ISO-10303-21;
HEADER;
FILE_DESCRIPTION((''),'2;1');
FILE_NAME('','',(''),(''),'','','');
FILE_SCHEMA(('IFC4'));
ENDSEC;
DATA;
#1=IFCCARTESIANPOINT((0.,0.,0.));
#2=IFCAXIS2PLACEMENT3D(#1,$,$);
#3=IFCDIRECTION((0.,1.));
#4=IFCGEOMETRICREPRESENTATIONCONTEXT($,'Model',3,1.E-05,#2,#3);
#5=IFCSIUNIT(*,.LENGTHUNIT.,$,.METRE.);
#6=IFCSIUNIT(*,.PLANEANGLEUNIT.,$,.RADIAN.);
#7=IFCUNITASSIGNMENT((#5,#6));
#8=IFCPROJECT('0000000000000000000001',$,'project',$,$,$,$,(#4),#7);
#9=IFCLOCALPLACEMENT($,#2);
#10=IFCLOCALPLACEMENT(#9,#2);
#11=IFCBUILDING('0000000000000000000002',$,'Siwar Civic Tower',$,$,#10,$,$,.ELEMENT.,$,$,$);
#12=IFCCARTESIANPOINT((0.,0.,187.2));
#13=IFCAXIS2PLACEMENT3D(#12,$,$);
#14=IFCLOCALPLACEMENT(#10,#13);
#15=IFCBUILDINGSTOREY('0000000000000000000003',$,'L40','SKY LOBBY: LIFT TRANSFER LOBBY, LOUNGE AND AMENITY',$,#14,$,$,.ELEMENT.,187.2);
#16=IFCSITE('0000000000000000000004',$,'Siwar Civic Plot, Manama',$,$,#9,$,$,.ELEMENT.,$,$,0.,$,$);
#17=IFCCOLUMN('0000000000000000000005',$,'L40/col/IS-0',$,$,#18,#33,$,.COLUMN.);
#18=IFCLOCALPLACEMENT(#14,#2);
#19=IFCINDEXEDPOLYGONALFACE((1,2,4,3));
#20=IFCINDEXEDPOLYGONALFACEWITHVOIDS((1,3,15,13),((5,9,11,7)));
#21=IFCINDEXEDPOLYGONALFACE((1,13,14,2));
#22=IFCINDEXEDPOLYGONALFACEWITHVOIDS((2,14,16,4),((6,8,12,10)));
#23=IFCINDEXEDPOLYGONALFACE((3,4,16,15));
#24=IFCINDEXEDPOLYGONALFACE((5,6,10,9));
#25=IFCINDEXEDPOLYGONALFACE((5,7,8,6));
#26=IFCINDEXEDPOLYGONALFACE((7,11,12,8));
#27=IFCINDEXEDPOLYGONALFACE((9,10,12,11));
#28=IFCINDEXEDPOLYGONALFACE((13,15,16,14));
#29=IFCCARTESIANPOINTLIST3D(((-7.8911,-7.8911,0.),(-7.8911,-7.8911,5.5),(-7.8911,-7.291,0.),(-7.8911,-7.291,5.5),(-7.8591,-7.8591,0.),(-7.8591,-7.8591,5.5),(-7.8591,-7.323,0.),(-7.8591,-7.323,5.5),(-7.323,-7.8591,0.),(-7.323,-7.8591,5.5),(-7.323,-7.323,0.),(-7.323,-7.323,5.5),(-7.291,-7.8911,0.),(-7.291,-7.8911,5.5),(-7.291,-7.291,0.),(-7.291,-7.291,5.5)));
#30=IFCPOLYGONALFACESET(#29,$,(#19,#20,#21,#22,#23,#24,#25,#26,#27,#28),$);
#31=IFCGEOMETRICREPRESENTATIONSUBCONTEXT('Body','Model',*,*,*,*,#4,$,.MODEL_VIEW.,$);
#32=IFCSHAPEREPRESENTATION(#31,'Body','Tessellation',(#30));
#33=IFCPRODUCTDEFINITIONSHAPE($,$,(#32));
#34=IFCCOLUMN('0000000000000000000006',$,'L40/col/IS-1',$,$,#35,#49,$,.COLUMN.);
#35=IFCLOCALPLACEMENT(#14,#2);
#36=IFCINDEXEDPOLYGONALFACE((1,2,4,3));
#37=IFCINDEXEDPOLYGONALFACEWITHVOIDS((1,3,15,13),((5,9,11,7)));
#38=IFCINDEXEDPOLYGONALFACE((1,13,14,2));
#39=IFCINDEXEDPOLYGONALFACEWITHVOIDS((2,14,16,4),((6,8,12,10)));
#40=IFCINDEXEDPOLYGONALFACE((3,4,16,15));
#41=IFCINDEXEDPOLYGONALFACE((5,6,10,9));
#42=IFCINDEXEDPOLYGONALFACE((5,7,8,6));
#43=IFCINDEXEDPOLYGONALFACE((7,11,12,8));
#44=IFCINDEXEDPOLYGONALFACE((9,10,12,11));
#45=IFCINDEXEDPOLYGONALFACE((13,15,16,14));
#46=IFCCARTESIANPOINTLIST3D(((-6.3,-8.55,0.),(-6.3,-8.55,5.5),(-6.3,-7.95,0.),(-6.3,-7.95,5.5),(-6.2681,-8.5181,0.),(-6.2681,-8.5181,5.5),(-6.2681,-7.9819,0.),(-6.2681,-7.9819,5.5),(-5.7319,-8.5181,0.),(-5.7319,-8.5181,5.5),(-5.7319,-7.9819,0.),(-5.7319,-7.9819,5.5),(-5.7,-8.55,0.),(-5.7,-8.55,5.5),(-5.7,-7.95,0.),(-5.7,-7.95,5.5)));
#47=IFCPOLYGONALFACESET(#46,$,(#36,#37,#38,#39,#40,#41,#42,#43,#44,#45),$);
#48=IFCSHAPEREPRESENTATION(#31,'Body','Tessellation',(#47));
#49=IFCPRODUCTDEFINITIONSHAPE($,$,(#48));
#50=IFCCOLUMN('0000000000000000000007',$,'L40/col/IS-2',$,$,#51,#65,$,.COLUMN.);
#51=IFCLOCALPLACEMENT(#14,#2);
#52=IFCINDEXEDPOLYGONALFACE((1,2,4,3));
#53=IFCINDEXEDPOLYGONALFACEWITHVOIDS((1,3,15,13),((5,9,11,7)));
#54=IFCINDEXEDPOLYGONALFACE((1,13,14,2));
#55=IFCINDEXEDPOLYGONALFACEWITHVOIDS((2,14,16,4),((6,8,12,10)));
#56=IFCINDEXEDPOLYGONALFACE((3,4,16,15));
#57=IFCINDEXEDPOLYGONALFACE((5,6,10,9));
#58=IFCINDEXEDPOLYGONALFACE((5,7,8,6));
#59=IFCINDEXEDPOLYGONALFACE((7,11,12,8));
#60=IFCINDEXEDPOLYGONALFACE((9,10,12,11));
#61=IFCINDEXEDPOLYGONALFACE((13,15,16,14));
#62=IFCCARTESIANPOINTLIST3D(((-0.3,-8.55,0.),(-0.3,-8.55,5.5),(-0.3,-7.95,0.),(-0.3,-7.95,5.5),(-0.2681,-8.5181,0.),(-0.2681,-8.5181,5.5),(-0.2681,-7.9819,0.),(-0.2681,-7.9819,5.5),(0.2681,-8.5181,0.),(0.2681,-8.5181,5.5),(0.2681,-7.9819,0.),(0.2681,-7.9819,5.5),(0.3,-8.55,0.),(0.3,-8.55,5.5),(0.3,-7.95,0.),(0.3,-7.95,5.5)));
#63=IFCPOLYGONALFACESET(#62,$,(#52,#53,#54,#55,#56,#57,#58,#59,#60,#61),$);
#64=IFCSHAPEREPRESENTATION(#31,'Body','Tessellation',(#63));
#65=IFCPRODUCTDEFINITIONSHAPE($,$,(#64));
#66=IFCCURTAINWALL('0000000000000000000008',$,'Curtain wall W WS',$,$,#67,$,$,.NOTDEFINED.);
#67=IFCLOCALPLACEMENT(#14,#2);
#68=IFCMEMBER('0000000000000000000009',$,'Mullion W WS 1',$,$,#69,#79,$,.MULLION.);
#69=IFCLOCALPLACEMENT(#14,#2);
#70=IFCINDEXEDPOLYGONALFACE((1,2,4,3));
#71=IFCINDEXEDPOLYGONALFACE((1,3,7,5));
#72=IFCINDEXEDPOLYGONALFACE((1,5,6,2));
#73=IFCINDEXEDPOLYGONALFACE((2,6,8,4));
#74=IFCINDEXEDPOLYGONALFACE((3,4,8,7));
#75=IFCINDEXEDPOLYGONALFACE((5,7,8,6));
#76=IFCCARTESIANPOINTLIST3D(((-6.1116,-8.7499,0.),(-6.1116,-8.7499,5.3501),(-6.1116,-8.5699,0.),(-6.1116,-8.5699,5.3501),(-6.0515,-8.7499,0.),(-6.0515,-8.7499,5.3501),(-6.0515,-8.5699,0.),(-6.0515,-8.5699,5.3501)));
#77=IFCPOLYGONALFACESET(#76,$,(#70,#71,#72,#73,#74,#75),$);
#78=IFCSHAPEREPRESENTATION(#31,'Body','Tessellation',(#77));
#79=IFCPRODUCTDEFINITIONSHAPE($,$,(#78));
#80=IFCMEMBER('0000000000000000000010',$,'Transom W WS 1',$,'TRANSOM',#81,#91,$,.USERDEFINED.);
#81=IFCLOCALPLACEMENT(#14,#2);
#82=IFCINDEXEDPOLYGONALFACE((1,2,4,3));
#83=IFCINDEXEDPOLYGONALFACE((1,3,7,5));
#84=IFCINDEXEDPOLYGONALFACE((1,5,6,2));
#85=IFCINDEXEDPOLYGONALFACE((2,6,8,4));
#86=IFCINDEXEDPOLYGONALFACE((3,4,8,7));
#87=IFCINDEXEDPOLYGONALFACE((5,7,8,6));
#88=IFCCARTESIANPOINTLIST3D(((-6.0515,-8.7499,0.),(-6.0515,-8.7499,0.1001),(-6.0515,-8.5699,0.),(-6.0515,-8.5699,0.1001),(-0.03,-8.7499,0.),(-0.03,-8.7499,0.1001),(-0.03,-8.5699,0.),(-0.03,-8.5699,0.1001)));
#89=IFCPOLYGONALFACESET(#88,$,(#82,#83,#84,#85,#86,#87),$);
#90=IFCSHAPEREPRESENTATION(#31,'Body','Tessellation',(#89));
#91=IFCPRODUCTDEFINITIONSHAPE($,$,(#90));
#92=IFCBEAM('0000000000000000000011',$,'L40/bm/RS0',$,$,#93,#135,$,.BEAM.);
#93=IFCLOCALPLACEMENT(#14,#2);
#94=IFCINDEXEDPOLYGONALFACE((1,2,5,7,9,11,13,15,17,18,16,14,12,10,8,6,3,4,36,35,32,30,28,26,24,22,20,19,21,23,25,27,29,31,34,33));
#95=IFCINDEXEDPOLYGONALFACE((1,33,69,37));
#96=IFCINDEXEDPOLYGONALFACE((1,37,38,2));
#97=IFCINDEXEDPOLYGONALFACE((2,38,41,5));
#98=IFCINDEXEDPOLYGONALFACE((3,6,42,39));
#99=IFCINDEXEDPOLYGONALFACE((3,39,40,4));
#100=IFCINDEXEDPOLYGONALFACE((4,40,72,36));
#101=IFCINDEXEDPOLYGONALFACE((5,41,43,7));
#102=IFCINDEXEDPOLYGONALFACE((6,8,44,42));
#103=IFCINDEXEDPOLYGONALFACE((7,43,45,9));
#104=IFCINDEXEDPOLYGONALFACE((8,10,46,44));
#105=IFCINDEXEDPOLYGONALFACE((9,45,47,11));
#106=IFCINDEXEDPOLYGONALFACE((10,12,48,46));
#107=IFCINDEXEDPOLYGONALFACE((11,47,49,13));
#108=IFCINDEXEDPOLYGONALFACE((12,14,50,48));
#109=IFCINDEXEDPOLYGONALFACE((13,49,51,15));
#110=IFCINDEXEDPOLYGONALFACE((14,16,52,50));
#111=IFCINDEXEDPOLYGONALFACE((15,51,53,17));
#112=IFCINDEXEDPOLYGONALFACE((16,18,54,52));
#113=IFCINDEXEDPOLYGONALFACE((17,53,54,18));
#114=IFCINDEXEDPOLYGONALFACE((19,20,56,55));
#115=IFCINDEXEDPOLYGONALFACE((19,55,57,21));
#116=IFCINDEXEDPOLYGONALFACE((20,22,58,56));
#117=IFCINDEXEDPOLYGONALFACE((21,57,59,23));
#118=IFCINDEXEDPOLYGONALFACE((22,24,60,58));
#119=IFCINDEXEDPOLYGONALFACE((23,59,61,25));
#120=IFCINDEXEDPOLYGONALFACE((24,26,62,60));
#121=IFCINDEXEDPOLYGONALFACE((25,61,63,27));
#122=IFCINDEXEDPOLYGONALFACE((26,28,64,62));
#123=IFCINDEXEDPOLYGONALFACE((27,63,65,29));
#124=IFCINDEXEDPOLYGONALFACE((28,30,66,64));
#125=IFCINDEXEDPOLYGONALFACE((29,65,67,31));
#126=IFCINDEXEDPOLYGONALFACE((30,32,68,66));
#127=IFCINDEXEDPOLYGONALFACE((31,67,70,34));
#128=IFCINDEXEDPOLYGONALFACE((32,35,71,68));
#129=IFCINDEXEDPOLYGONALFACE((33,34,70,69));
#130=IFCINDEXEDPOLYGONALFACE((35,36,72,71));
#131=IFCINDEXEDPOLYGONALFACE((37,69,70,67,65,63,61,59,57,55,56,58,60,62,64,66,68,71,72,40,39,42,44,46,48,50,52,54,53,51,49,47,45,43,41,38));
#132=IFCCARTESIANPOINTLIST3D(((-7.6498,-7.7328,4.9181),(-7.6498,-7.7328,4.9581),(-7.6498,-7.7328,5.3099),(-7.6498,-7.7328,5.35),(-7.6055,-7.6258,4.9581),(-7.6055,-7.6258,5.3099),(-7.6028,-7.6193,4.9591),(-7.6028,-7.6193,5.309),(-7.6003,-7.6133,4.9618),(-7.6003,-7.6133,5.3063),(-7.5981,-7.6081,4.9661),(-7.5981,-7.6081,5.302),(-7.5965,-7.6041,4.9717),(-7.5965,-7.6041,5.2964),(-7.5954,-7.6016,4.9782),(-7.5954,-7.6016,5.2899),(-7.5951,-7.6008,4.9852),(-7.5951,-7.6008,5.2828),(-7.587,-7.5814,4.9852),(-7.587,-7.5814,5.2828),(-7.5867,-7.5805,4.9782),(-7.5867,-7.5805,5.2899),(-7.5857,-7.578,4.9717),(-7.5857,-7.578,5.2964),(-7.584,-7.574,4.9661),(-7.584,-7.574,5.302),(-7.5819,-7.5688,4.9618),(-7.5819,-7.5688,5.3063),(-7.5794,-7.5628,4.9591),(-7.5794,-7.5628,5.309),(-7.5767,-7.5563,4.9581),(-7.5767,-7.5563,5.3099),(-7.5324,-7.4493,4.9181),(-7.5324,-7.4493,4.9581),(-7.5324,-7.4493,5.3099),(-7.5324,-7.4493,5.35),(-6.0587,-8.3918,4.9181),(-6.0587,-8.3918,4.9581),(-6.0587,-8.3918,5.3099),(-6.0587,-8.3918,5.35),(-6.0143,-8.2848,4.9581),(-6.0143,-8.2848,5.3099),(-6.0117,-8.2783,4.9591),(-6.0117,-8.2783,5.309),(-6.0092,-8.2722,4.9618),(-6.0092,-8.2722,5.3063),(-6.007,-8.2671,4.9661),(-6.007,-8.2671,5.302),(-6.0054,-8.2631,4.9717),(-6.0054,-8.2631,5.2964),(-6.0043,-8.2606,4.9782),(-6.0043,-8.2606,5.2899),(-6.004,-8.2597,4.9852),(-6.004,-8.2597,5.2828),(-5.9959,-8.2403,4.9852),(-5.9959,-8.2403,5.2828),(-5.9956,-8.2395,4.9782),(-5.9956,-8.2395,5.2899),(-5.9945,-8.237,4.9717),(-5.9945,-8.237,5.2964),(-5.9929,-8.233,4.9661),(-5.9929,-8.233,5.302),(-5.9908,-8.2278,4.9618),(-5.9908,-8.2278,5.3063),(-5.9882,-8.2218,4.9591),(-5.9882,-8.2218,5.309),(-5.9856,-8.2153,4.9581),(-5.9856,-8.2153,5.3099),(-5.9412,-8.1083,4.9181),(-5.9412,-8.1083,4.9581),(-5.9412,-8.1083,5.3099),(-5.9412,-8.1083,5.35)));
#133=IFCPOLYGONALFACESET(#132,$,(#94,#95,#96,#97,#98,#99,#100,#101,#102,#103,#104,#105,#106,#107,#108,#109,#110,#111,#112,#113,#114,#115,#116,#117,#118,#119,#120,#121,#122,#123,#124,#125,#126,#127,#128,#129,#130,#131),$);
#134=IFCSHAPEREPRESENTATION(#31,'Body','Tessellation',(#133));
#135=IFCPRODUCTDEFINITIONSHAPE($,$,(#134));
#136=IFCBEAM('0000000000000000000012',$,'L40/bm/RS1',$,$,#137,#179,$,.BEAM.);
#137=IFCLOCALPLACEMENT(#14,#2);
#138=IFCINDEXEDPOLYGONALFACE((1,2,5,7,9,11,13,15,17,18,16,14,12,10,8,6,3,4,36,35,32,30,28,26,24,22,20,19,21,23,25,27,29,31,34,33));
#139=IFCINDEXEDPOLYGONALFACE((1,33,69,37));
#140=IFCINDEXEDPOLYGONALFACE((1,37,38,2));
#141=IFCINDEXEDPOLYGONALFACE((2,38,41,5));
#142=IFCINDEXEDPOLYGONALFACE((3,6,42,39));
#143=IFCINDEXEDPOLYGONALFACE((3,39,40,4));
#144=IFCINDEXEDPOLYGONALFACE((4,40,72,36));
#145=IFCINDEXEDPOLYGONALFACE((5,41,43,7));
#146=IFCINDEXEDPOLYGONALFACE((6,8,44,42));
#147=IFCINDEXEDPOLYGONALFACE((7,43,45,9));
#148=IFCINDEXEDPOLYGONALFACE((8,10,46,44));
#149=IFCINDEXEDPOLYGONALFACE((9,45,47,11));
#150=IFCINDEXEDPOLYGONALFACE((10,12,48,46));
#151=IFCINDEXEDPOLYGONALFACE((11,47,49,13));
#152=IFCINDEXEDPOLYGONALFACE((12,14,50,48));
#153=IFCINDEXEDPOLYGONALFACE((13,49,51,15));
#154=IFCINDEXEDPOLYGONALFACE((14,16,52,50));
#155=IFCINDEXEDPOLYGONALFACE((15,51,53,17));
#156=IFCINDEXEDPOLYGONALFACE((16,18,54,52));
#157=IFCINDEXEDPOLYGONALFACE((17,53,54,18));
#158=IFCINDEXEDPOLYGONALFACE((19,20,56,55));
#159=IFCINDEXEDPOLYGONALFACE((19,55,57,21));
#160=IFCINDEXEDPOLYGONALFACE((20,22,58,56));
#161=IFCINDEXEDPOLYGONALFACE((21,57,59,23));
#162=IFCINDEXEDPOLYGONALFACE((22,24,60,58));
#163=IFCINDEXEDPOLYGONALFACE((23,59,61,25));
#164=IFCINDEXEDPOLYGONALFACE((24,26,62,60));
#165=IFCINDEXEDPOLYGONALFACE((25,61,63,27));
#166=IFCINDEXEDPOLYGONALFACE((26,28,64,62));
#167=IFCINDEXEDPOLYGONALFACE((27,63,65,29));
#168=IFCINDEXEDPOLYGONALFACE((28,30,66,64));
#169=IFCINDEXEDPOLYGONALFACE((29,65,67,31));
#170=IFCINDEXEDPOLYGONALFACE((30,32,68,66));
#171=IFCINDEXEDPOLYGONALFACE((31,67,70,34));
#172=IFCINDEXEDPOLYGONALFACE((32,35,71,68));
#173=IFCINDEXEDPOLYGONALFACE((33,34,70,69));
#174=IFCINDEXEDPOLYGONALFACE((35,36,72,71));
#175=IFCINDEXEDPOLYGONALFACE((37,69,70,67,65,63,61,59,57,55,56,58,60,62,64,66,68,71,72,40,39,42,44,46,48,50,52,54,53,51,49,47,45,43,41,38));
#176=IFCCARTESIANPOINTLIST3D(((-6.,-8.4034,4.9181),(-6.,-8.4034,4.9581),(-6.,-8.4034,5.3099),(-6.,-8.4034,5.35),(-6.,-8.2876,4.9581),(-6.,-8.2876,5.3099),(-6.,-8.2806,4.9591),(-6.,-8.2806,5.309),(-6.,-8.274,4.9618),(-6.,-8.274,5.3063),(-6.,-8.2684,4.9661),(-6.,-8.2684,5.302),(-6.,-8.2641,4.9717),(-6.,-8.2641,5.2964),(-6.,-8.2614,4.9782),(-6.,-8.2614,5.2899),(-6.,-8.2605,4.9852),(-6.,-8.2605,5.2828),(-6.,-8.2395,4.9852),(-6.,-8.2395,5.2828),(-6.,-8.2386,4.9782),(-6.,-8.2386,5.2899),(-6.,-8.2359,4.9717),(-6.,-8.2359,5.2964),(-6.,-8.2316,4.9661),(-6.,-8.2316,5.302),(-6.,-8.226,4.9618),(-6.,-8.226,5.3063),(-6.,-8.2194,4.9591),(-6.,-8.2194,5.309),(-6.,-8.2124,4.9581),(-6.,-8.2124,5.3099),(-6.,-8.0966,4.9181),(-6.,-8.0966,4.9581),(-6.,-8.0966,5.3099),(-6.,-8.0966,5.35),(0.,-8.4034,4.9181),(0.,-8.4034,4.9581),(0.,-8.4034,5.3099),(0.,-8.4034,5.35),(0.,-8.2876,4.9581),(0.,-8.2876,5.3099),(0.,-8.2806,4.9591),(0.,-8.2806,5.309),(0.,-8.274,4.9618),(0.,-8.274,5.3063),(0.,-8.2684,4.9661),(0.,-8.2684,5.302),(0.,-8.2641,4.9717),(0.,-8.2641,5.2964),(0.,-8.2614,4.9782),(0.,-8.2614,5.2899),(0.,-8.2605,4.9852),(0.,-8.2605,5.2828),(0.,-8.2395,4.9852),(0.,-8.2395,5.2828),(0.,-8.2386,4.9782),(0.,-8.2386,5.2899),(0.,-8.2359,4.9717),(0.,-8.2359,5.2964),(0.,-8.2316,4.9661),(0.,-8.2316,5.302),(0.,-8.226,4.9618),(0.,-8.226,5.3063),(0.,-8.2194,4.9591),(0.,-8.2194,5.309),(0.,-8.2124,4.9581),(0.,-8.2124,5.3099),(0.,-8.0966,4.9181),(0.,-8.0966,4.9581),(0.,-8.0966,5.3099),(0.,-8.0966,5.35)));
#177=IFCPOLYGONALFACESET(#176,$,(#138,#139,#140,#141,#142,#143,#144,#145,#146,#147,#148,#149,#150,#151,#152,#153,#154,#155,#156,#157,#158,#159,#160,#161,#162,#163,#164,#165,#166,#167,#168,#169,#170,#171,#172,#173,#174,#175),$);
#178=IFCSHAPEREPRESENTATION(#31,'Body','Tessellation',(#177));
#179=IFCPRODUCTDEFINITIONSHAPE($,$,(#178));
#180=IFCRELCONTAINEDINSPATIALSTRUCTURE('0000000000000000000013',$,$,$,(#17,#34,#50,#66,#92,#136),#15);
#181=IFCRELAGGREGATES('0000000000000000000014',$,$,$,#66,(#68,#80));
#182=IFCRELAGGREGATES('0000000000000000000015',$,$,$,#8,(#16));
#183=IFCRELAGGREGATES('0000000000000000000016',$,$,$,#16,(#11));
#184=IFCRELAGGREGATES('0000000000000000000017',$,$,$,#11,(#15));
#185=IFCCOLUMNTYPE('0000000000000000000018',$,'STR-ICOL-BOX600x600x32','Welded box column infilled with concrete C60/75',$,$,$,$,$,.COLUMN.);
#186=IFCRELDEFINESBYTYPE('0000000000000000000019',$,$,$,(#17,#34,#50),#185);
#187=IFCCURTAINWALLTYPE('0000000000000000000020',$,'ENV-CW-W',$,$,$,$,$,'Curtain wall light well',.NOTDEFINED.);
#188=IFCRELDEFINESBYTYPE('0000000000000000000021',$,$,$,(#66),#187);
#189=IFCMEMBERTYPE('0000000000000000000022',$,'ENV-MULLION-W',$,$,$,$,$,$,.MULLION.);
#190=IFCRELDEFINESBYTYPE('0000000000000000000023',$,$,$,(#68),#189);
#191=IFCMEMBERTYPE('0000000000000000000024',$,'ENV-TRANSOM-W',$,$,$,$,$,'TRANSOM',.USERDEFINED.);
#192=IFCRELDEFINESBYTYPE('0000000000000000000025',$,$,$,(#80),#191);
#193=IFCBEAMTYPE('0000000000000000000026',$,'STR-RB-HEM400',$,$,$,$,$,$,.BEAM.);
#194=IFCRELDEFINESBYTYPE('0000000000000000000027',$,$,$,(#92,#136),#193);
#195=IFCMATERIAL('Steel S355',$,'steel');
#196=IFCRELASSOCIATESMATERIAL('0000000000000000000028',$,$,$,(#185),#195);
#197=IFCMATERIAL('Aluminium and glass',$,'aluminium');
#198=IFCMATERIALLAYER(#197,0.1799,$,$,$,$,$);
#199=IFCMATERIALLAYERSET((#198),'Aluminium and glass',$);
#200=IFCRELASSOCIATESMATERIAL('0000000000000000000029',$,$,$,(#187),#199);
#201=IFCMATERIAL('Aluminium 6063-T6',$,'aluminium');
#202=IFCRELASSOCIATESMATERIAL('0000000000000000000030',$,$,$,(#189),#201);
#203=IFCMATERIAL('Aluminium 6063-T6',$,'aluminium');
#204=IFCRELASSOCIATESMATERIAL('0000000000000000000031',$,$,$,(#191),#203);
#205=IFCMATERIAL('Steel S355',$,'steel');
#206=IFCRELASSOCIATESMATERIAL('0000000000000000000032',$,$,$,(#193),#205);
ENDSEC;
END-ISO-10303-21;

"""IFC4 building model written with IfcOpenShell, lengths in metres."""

from ifc_helpers import new_model, si_unit, direction, frame, origin, origin_2d, place, context, subcontext, project, spatial, rectangle, hollow_rectangle, i_section, extrude, material, layer, layer_set, material_profile, profile_set, type_object, element, aggregate, save


model = new_model("IFC4")

# Units and contexts
model_context = context("Model", 3, precision=1e-05, world=origin(), true_north=direction((0.0, 1.0)))
body_context = subcontext(model_context, "Body", "Model", "MODEL_VIEW")
ifc_project = project(units=[si_unit("LENGTHUNIT", "METRE"), si_unit("PLANEANGLEUNIT", "RADIAN")], contexts=[model_context])

# Site, building, storey
site_placement = place(None, origin())
site = spatial("IfcSite", under=ifc_project, at=site_placement, Name="Siwar Civic Plot, Manama", CompositionType="ELEMENT", RefElevation=0.0)
building_placement = place(site_placement, origin())
building = spatial("IfcBuilding", under=site, at=building_placement, Name="Siwar Civic Tower", CompositionType="ELEMENT")
storey_placement = place(building_placement, frame((0.0, 0.0, 187.2)))
storey = spatial("IfcBuildingStorey", under=building, at=storey_placement, Name="L40", Description="SKY LOBBY: LIFT TRANSFER LOBBY, LOUNGE AND AMENITY", CompositionType="ELEMENT", Elevation=187.2)

# Columns
ifc_material_1 = material(Name="Steel S355", Category="steel")
ifc_material_profile_1 = material_profile(ifc_material_1, hollow_rectangle(XDim=0.6001, YDim=0.6001, WallThickness=0.032, at=origin_2d()), Name="BOX600x600x32")
ifc_profile_set_1 = profile_set([ifc_material_profile_1], Name="Steel S355")
column_type = type_object("IfcColumnType", Name="STR-ICOL-BOX600x600x32", Description="Welded box column infilled with concrete C60/75", PredefinedType="COLUMN", material=ifc_profile_set_1)
for number, where, z_axis, x_axis, name in (
    (1, (-7.5911, -7.5911, 0.0), (0.0, 0.0, 1.0), (1.0, 0.0, 0.0), "L40/col/IS-0"),
    (2, (-6.0, -8.25, 0.0), (0.0, 0.0, 1.0), (1.0, 0.0, 0.0), "L40/col/IS-1"),
    (3, (0.0, -8.25, 0.0), (0.0, 0.0, 1.0), (1.0, 0.0, 0.0), "L40/col/IS-2"),
):
    element("IfcColumn", number, at=place(storey_placement, frame(where, z_axis=z_axis, x_axis=x_axis)), inside=storey, type_object=column_type, Name=name, PredefinedType="COLUMN", context=body_context, shape_type="SweptSolid", body=[
        extrude(hollow_rectangle(XDim=0.6001, YDim=0.6001, WallThickness=0.032, at=origin_2d()), origin(), (0.0, 0.0, 1.0), 5.5),
    ])

# Curtain wall, members
ifc_material_2 = material(Name="Aluminium and glass", Category="aluminium")
ifc_layer_1 = layer(ifc_material_2, 0.1799)
ifc_layer_set_1 = layer_set([ifc_layer_1], Name="Aluminium and glass")
curtain_wall_type = type_object("IfcCurtainWallType", Name="ENV-CW-W", ElementType="Curtain wall light well", PredefinedType="NOTDEFINED", material=ifc_layer_set_1)
curtain_wall_placement = place(storey_placement, origin())
curtain_wall = element("IfcCurtainWall", 4, at=curtain_wall_placement, inside=storey, type_object=curtain_wall_type, Name="Curtain wall W WS", PredefinedType="NOTDEFINED")
ifc_material_3 = material(Name="Aluminium 6063-T6", Category="aluminium")
ifc_material_profile_2 = material_profile(ifc_material_3, rectangle(XDim=0.1799, YDim=0.0601, at=origin_2d()), Name="AL 180x60")
ifc_profile_set_2 = profile_set([ifc_material_profile_2], Name="Aluminium 6063-T6")
member_type_1 = type_object("IfcMemberType", Name="ENV-MULLION-W", PredefinedType="MULLION", material=ifc_profile_set_2)
member_1_placement = place(storey_placement, frame((-6.0815, -8.6599, 0.0), z_axis=(0.0, 0.0, 1.0), x_axis=(0.0, 1.0, 0.0)))
member_1 = element("IfcMember", 5, at=member_1_placement, type_object=member_type_1, Name="Mullion W WS 1", PredefinedType="MULLION", context=body_context, shape_type="SweptSolid", body=[
    extrude(rectangle(XDim=0.1799, YDim=0.0601, at=origin_2d()), origin(), (0.0, 0.0, 1.0), 5.3501),
])
ifc_material_4 = material(Name="Aluminium 6063-T6", Category="aluminium")
ifc_material_profile_3 = material_profile(ifc_material_4, rectangle(XDim=0.1799, YDim=0.1001, at=origin_2d()), Name="AL 180x100")
ifc_profile_set_3 = profile_set([ifc_material_profile_3], Name="Aluminium 6063-T6")
member_type_2 = type_object("IfcMemberType", Name="ENV-TRANSOM-W", ElementType="TRANSOM", PredefinedType="USERDEFINED", material=ifc_profile_set_3)
member_2_placement = place(storey_placement, frame((-6.0515, -8.6599, 0.05), z_axis=(1.0, 0.0, 0.0), x_axis=(0.0, 1.0, 0.0)))
member_2 = element("IfcMember", 6, at=member_2_placement, type_object=member_type_2, Name="Transom W WS 1", ObjectType="TRANSOM", PredefinedType="USERDEFINED", context=body_context, shape_type="SweptSolid", body=[
    extrude(rectangle(XDim=0.1799, YDim=0.1001, at=origin_2d()), origin(), (0.0, 0.0, 1.0), 6.0215),
])

# Beams
ifc_material_5 = material(Name="Steel S355", Category="steel")
ifc_material_profile_4 = material_profile(ifc_material_5, i_section(OverallWidth=0.3069, OverallDepth=0.4319, WebThickness=0.021, FlangeThickness=0.04, FilletRadius=0.0271, at=origin_2d()), Name="HEM400")
ifc_profile_set_4 = profile_set([ifc_material_profile_4], Name="Steel S355")
beam_type = type_object("IfcBeamType", Name="STR-RB-HEM400", PredefinedType="BEAM", material=ifc_profile_set_4)
beam_1_placement = place(storey_placement, frame((-7.5911, -7.5911, 5.134), z_axis=(0.923901, -0.382631, 0.0), x_axis=(0.382631, 0.923901, 0.0)))
element("IfcBeam", 7, at=beam_1_placement, inside=storey, type_object=beam_type, Name="L40/bm/RS0", PredefinedType="BEAM", context=body_context, shape_type="SweptSolid", body=[
    extrude(i_section(OverallWidth=0.3069, OverallDepth=0.4319, WebThickness=0.021, FlangeThickness=0.04, FilletRadius=0.0271, at=origin_2d()), origin(), (0.0, 0.0, 1.0), 1.7222),
])
for number, where, z_axis, x_axis, name in (
    (8, (-6.0, -8.25, 5.134), (1.0, 0.0, 0.0), (0.0, 1.0, 0.0), "L40/bm/RS1"),
):
    element("IfcBeam", number, at=place(storey_placement, frame(where, z_axis=z_axis, x_axis=x_axis)), inside=storey, type_object=beam_type, Name=name, PredefinedType="BEAM", context=body_context, shape_type="SweptSolid", body=[
        extrude(i_section(OverallWidth=0.3069, OverallDepth=0.4319, WebThickness=0.021, FlangeThickness=0.04, FilletRadius=0.0271, at=origin_2d()), origin(), (0.0, 0.0, 1.0), 6.0),
    ])

aggregate(curtain_wall, [member_1, member_2])

save(model, "model.ifc")
